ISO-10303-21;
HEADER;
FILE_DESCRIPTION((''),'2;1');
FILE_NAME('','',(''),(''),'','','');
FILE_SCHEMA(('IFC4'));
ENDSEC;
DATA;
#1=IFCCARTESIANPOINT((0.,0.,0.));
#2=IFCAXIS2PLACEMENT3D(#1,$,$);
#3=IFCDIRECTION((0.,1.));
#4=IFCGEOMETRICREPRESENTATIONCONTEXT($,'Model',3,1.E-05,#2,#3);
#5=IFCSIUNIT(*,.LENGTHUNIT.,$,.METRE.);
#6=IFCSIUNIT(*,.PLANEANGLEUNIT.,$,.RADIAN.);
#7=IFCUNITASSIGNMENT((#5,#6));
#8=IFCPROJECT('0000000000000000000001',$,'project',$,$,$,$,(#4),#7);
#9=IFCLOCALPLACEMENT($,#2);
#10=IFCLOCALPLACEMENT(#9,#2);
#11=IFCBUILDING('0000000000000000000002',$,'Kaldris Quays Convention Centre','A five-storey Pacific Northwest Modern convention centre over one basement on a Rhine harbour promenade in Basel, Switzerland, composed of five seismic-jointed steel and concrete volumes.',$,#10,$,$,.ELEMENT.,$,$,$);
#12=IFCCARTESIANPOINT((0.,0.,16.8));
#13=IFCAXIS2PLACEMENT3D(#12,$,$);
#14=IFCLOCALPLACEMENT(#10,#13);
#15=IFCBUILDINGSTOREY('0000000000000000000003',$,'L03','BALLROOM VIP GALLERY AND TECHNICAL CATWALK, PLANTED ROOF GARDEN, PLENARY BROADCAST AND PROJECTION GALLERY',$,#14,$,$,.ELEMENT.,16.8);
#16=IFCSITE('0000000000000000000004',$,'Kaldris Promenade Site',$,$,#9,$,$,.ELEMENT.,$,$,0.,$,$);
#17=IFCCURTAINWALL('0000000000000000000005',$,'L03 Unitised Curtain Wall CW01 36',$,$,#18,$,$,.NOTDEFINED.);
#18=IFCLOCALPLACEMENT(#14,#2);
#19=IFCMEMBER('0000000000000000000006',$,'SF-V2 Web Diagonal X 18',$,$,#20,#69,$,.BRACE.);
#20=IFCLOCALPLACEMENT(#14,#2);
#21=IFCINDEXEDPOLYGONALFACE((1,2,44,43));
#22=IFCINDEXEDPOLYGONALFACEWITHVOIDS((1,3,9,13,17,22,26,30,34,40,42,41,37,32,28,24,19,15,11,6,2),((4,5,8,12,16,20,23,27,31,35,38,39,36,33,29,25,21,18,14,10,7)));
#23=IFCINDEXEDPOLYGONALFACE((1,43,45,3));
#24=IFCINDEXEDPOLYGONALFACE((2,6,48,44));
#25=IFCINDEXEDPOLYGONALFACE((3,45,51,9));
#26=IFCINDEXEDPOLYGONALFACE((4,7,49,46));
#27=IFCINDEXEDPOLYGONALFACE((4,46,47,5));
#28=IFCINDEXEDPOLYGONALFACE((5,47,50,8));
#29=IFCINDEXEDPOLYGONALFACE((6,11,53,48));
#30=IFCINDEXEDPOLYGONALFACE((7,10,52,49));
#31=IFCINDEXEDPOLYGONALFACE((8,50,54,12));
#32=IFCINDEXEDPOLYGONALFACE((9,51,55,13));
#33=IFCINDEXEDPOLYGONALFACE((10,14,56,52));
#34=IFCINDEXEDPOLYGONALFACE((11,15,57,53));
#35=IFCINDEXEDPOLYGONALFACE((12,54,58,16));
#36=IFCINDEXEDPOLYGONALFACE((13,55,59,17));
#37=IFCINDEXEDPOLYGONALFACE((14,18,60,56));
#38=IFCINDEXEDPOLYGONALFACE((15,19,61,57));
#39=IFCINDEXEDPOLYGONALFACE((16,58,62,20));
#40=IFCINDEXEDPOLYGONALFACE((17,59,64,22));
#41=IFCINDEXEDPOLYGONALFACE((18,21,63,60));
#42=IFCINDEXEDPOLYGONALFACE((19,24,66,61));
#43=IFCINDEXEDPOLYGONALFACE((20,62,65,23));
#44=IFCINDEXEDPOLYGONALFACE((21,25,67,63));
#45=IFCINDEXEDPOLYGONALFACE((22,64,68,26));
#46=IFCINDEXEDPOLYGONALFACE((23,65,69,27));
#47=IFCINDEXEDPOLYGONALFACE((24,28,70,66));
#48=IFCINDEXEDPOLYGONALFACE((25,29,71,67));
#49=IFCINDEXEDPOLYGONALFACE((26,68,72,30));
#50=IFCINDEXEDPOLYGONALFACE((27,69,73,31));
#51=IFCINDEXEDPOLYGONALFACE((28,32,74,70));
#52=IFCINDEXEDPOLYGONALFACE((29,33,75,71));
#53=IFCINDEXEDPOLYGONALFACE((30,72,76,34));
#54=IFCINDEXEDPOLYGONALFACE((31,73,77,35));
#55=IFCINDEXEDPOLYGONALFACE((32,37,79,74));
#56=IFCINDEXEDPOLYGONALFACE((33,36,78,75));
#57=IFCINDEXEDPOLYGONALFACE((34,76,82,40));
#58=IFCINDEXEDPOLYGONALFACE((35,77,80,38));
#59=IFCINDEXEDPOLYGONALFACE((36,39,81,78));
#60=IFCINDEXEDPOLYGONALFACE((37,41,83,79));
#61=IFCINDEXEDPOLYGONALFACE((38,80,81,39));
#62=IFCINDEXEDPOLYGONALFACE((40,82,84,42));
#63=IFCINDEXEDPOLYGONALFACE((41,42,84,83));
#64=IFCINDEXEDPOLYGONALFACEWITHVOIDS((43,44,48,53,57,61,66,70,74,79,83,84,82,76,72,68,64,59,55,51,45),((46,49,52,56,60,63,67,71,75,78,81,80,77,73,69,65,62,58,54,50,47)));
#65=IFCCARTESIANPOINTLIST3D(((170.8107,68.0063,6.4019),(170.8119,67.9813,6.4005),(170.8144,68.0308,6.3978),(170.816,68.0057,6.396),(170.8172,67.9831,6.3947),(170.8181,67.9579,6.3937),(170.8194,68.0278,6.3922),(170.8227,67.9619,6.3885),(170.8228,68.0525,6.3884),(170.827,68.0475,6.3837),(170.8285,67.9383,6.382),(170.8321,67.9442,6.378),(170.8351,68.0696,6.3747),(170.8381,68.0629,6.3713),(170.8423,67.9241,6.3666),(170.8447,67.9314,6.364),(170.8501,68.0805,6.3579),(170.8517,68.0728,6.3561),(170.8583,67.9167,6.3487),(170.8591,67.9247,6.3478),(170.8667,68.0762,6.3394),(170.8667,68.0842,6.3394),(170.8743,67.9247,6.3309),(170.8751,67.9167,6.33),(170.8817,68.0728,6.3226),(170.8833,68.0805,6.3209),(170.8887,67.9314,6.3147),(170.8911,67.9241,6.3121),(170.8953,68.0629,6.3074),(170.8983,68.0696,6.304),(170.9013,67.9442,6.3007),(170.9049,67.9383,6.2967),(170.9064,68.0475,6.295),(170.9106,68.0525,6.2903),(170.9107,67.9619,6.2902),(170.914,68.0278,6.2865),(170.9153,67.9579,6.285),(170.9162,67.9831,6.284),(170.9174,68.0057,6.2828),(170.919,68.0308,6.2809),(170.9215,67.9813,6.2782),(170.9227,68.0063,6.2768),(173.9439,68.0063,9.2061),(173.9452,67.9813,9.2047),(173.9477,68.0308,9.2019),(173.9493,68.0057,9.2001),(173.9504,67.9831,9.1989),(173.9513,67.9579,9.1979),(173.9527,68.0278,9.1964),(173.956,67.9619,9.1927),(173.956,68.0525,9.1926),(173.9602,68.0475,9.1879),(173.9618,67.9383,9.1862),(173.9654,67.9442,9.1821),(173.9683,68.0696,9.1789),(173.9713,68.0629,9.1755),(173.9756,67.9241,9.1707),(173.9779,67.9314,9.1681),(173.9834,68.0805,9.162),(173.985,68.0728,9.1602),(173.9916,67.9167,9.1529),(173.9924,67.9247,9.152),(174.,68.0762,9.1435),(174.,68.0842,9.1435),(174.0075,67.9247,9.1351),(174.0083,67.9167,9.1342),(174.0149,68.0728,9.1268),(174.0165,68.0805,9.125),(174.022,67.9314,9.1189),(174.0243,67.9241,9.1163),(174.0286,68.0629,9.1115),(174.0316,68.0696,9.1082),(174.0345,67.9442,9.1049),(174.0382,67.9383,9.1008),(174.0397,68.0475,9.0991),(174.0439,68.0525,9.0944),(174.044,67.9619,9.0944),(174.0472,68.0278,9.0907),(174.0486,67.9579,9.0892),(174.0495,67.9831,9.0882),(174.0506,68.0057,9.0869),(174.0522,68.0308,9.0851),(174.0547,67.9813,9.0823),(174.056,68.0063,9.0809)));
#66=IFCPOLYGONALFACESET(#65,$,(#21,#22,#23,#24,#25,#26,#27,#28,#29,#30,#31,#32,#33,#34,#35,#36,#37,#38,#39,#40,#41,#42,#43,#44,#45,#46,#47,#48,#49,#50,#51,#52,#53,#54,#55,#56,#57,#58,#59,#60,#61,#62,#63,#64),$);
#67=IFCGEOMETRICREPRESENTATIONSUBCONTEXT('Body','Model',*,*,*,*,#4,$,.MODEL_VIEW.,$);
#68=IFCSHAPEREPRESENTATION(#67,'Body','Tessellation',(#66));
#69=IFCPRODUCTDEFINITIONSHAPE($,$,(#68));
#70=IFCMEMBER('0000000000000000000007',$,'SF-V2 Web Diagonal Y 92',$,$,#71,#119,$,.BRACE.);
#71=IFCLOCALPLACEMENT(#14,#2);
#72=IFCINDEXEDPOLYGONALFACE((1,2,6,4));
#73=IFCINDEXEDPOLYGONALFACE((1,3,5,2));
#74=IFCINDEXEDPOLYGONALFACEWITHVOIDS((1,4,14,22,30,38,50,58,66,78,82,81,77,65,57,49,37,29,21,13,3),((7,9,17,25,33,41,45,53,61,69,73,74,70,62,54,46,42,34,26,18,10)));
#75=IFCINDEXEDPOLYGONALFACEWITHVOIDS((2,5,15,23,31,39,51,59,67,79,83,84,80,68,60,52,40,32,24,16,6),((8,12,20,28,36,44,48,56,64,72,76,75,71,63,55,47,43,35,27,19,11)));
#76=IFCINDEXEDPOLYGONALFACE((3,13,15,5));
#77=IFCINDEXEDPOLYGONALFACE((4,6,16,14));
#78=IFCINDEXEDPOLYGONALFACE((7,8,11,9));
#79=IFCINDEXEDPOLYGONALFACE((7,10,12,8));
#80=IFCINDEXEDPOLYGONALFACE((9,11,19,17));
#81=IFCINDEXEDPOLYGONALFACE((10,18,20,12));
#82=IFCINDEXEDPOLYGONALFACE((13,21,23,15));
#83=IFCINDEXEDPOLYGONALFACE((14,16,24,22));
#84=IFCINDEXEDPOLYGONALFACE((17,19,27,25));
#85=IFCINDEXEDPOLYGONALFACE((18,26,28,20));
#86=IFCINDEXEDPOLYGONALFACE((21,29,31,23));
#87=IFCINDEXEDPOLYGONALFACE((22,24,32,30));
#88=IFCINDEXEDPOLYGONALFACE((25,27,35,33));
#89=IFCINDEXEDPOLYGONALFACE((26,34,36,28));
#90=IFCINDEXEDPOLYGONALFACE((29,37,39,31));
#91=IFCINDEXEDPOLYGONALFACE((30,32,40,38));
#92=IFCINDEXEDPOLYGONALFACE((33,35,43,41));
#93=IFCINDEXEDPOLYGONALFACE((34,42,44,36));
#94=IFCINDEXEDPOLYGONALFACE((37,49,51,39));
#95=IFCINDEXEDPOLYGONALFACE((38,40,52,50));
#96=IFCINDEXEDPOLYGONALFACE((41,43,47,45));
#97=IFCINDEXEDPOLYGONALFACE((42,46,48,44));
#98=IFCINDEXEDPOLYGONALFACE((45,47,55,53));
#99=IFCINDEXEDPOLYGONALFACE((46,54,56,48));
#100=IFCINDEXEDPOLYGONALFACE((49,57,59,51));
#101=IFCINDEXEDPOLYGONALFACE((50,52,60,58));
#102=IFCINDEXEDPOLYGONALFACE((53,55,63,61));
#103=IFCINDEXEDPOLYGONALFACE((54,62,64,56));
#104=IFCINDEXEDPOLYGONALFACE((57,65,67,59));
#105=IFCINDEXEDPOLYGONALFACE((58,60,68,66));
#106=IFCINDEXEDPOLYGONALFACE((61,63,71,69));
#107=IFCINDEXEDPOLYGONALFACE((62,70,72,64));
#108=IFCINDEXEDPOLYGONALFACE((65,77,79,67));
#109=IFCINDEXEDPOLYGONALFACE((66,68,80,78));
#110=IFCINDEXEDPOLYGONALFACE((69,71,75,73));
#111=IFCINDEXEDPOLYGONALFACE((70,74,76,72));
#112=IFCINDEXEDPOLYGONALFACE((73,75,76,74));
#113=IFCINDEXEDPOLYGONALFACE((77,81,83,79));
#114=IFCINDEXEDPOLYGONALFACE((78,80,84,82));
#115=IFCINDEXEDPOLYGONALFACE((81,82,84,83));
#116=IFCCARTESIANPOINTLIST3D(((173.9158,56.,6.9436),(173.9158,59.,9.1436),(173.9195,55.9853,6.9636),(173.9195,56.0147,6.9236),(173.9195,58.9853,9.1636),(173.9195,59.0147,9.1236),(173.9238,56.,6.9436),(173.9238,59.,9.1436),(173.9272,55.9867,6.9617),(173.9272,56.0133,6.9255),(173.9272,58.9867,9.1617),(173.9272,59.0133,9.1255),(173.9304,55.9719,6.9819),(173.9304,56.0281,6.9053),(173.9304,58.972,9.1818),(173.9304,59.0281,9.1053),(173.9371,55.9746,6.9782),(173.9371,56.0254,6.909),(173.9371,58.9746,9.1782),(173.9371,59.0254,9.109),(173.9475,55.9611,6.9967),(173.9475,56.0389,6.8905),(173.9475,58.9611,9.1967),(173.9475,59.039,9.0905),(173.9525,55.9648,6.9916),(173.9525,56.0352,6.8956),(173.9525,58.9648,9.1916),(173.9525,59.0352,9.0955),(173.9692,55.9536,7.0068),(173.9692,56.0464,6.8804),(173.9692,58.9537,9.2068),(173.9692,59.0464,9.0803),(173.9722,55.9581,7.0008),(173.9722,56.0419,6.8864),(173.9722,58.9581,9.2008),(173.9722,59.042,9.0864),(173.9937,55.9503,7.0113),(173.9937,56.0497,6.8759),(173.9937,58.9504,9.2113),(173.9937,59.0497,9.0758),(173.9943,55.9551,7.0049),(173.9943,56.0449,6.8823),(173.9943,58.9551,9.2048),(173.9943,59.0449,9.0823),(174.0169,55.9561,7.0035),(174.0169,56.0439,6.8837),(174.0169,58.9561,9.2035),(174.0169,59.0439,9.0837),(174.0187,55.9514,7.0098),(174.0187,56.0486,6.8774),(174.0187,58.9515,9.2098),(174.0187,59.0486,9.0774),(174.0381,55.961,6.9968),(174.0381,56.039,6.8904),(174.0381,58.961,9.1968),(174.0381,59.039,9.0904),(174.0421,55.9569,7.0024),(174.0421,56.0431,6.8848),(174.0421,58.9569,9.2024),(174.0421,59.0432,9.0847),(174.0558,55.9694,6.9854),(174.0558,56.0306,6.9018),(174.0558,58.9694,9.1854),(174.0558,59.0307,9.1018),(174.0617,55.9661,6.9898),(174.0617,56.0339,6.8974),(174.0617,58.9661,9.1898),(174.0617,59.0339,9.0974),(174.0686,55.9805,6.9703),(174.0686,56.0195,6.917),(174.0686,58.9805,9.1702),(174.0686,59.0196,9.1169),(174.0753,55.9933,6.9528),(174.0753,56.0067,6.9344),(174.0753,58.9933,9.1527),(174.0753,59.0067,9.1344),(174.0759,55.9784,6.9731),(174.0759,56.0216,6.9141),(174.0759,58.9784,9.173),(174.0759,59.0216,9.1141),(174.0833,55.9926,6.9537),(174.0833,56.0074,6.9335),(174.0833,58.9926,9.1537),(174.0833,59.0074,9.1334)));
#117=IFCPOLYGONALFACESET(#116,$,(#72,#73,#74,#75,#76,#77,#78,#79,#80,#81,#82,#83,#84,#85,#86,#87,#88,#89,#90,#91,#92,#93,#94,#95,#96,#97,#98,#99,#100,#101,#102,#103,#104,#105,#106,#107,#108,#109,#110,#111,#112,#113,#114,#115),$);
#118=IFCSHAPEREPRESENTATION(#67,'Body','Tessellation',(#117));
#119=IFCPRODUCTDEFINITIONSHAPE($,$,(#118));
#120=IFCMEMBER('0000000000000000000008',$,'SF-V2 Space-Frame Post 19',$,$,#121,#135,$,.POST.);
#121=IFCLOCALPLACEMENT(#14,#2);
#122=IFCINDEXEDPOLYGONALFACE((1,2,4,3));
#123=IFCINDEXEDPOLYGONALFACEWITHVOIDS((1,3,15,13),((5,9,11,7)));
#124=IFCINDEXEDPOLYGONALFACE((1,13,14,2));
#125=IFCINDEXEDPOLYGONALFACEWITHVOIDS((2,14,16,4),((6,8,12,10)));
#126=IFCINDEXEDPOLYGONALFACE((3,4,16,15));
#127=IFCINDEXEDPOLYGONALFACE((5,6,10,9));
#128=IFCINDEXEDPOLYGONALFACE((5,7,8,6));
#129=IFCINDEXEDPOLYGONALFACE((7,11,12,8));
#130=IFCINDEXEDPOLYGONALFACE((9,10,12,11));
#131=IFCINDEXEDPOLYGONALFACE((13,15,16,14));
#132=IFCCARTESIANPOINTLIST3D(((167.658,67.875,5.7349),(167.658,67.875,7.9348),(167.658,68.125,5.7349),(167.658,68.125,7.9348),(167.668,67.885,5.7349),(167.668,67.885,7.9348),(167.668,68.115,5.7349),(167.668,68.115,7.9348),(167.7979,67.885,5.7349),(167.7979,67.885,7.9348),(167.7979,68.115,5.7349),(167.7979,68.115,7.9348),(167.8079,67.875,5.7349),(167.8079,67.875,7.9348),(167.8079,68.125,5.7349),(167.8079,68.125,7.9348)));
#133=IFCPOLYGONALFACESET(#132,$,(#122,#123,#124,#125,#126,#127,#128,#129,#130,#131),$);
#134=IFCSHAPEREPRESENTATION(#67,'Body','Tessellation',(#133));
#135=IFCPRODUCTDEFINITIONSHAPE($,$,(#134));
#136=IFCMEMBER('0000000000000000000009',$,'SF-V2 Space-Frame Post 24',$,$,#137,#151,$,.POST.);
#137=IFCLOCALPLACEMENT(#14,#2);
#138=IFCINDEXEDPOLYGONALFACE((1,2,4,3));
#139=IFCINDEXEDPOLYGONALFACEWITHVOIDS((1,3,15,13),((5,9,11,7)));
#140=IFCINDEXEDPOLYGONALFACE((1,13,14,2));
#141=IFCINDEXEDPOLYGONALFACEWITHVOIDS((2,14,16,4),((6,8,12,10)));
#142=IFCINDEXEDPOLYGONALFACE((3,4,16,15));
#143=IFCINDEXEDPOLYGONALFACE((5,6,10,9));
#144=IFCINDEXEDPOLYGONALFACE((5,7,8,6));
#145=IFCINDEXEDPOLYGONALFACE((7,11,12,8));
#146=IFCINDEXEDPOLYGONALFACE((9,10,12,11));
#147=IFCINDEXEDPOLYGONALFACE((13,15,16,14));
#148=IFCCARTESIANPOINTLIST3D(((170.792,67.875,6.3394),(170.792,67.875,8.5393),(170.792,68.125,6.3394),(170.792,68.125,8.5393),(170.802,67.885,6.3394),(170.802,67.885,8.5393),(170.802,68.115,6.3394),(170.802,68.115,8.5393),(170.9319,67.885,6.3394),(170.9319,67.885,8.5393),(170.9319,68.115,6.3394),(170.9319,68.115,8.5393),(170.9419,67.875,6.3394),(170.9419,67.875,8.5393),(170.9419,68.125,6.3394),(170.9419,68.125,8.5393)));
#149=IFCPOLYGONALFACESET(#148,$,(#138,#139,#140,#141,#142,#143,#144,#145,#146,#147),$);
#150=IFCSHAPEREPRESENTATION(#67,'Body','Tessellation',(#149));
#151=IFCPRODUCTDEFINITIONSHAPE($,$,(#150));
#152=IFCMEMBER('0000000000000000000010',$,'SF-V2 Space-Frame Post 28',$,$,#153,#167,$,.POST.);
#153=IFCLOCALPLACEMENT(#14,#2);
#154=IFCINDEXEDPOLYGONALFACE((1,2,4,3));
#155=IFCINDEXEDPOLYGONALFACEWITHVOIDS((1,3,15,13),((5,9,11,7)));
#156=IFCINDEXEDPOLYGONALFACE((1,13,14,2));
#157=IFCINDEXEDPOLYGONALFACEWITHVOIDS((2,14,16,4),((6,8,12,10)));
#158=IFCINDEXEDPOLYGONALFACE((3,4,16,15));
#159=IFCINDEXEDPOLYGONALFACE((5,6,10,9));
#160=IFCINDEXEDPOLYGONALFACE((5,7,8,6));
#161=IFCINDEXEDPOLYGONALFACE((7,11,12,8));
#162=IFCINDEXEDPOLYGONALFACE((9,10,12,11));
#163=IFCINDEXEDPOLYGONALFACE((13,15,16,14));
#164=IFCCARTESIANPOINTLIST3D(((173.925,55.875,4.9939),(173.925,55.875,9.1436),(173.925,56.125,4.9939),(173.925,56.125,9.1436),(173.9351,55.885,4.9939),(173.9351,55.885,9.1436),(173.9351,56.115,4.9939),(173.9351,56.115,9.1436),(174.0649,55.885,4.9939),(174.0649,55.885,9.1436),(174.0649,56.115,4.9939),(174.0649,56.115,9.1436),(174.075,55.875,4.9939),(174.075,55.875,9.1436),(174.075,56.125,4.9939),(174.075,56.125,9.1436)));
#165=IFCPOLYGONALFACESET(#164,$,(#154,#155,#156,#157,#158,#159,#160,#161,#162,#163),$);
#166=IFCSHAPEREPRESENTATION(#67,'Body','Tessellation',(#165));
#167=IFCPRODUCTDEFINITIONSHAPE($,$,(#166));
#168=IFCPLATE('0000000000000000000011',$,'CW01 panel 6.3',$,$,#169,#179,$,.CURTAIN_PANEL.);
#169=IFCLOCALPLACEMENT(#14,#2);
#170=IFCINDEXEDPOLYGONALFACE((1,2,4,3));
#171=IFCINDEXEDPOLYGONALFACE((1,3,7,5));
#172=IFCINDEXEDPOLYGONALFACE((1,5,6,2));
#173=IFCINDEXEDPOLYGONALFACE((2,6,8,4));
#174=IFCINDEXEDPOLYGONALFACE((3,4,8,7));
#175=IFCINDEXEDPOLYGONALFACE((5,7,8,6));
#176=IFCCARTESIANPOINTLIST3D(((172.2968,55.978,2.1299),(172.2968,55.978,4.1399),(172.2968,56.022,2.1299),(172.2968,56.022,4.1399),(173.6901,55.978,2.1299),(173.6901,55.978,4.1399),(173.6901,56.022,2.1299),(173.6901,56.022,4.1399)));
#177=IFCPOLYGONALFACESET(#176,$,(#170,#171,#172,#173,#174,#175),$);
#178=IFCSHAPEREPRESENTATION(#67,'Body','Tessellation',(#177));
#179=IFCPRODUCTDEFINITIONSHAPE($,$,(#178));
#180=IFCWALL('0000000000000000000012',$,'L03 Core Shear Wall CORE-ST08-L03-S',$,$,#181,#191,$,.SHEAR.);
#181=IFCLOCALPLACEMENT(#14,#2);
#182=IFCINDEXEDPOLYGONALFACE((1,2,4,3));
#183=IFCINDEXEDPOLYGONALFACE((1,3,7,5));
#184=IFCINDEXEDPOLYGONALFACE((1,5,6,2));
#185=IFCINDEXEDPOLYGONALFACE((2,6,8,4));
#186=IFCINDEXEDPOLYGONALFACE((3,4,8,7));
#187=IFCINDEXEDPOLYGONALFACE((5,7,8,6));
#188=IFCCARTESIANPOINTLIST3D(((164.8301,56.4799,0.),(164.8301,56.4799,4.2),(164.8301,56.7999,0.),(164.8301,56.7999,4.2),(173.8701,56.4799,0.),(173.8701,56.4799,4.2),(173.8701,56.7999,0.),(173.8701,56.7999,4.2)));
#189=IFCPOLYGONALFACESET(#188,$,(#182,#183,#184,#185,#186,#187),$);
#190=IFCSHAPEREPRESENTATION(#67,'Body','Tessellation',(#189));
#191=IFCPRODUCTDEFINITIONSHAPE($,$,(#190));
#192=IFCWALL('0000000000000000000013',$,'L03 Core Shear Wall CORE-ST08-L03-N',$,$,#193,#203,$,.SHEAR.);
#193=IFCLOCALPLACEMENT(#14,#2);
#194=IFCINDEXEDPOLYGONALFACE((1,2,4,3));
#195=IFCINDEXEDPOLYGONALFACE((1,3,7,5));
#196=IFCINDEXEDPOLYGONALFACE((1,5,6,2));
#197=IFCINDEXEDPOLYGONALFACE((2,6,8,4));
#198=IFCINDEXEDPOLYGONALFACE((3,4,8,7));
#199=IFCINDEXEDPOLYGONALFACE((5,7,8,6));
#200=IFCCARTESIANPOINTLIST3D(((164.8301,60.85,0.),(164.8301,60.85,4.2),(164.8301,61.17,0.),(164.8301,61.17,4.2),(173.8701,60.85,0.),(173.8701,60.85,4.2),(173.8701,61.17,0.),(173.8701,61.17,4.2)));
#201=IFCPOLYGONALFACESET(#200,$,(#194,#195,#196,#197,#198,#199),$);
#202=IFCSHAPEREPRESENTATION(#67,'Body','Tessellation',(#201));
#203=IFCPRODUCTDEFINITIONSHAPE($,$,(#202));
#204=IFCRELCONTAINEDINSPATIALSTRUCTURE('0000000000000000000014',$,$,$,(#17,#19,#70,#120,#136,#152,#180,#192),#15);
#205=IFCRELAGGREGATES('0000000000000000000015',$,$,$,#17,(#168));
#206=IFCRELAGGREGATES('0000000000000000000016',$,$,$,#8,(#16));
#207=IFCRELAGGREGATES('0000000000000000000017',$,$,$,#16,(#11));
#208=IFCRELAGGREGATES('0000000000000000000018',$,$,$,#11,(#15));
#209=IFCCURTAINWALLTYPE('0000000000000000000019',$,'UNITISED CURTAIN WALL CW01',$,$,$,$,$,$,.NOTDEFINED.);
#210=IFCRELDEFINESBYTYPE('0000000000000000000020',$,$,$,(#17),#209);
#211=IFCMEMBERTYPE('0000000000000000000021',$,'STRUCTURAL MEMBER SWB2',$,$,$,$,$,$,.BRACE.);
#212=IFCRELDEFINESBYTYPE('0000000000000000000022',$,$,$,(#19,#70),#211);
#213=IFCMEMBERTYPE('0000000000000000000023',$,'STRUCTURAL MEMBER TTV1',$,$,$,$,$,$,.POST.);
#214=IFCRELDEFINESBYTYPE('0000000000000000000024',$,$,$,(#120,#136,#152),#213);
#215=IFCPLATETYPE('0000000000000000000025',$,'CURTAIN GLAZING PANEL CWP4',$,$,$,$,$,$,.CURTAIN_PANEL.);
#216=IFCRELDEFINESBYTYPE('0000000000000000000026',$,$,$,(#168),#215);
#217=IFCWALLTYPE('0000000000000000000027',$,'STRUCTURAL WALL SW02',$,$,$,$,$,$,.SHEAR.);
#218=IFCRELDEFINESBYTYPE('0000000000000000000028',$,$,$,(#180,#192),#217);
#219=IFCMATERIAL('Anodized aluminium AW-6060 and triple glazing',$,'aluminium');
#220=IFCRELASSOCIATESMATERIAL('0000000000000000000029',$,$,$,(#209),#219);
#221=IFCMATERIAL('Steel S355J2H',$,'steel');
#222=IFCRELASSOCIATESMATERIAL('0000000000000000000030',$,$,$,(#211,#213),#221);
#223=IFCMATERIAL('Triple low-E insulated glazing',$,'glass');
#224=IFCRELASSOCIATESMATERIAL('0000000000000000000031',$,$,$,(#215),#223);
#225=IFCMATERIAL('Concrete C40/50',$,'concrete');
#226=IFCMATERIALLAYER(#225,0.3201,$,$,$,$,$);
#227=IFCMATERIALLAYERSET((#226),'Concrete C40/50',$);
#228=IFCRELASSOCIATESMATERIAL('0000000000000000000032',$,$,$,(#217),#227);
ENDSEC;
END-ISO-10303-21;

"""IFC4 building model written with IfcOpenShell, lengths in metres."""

from ifc_helpers import new_model, si_unit, direction, frame, frame_2d, origin, origin_2d, place, context, subcontext, project, spatial, rectangle, hollow_rectangle, hollow_circle, extrude, material, layer, layer_set, material_profile, profile_set, type_object, element, aggregate, save


model = new_model("IFC4")

# Units and contexts
model_context = context("Model", 3, precision=1e-05, world=origin(), true_north=direction((0.0, 1.0)))
body_context = subcontext(model_context, "Body", "Model", "MODEL_VIEW")
ifc_project = project(units=[si_unit("LENGTHUNIT", "METRE"), si_unit("PLANEANGLEUNIT", "RADIAN")], contexts=[model_context])

# Site, building, storey
site_placement = place(None, origin())
site = spatial("IfcSite", under=ifc_project, at=site_placement, Name="Kaldris Promenade Site", CompositionType="ELEMENT", RefElevation=0.0)
building_placement = place(site_placement, origin())
building = spatial("IfcBuilding", under=site, at=building_placement, Name="Kaldris Quays Convention Centre", Description="A five-storey Pacific Northwest Modern convention centre over one basement on a Rhine harbour promenade in Basel, Switzerland, composed of five seismic-jointed steel and concrete volumes.", CompositionType="ELEMENT")
storey_placement = place(building_placement, frame((0.0, 0.0, 16.8)))
storey = spatial("IfcBuildingStorey", under=building, at=storey_placement, Name="L03", Description="BALLROOM VIP GALLERY AND TECHNICAL CATWALK, PLANTED ROOF GARDEN, PLENARY BROADCAST AND PROJECTION GALLERY", CompositionType="ELEMENT", Elevation=16.8)

# Curtain wall
ifc_material_1 = material(Name="Anodized aluminium AW-6060 and triple glazing", Category="aluminium")
curtain_wall_type_1 = type_object("IfcCurtainWallType", Name="UNITISED CURTAIN WALL CW01", PredefinedType="NOTDEFINED", material=ifc_material_1)
curtain_wall_1_placement = place(storey_placement, origin())
curtain_wall_1 = element("IfcCurtainWall", 1, at=curtain_wall_1_placement, inside=storey, type_object=curtain_wall_type_1, Name="L03 Unitised Curtain Wall CW01 36", PredefinedType="NOTDEFINED")

# Members
ifc_material_2 = material(Name="Steel S355J2H", Category="steel")
ifc_material_profile_1 = material_profile(ifc_material_2, hollow_circle(Radius=0.0842, WallThickness=0.0081, at=origin_2d()), Name="CHS 168.3x8")
ifc_profile_set_1 = profile_set([ifc_material_profile_1], Name="Steel S355J2H")
member_type_1 = type_object("IfcMemberType", Name="STRUCTURAL MEMBER SWB2", PredefinedType="BRACE", material=ifc_profile_set_1)
member_1_placement = place(storey_placement, frame((170.8667, 68.0, 6.3394), z_axis=(0.745156, 0.0, 0.66689), x_axis=(0.0, 1.0, 0.0)))
element("IfcMember", 2, at=member_1_placement, inside=storey, type_object=member_type_1, Name="SF-V2 Web Diagonal X 18", PredefinedType="BRACE", context=body_context, shape_type="SweptSolid", body=[
    extrude(hollow_circle(Radius=0.0842, WallThickness=0.0081, at=origin_2d()), origin(), (0.0, 0.0, 1.0), 4.2048),
])
member_2_placement = place(storey_placement, frame((174.0, 56.0, 6.9436), z_axis=(0.0, 0.806411, 0.591355), x_axis=(-1.0, 0.0, 0.0)))
element("IfcMember", 3, at=member_2_placement, inside=storey, type_object=member_type_1, Name="SF-V2 Web Diagonal Y 92", PredefinedType="BRACE", context=body_context, shape_type="SweptSolid", body=[
    extrude(hollow_circle(Radius=0.0842, WallThickness=0.0081, at=origin_2d()), origin(), (0.0, 0.0, 1.0), 3.7202),
])
ifc_material_profile_2 = material_profile(ifc_material_2, hollow_rectangle(XDim=0.1499, YDim=0.25, WallThickness=0.01, at=origin_2d()), Name="RHS 250x150x10")
ifc_profile_set_2 = profile_set([ifc_material_profile_2], Name="Steel S355J2H")
member_type_2 = type_object("IfcMemberType", Name="STRUCTURAL MEMBER TTV1", PredefinedType="POST", material=ifc_profile_set_2)
for number, where, z_axis, x_axis, name in (
    (4, (167.7329, 68.0, 5.7349), (0.0, 0.0, 1.0), (1.0, 0.0, 0.0), "SF-V2 Space-Frame Post 19"),
    (5, (170.8669, 68.0, 6.3394), (0.0, 0.0, 1.0), (1.0, 0.0, 0.0), "SF-V2 Space-Frame Post 24"),
):
    element("IfcMember", number, at=place(storey_placement, frame(where, z_axis=z_axis, x_axis=x_axis)), inside=storey, type_object=member_type_2, Name=name, PredefinedType="POST", context=body_context, shape_type="SweptSolid", body=[
        extrude(hollow_rectangle(XDim=0.1499, YDim=0.25, WallThickness=0.01, at=origin_2d()), origin(), (0.0, 0.0, 1.0), 2.2),
    ])
member_3_placement = place(storey_placement, frame((174.0, 56.0, 4.9939), z_axis=(0.0, 0.0, 1.0), x_axis=(1.0, 0.0, 0.0)))
element("IfcMember", 6, at=member_3_placement, inside=storey, type_object=member_type_2, Name="SF-V2 Space-Frame Post 28", PredefinedType="POST", context=body_context, shape_type="SweptSolid", body=[
    extrude(hollow_rectangle(XDim=0.1499, YDim=0.25, WallThickness=0.01, at=origin_2d()), origin(), (0.0, 0.0, 1.0), 4.1497),
])

# Plate
ifc_material_3 = material(Name="Triple low-E insulated glazing", Category="glass")
plate_type = type_object("IfcPlateType", Name="CURTAIN GLAZING PANEL CWP4", PredefinedType="CURTAIN_PANEL", material=ifc_material_3)
plate_placement = place(storey_placement, frame((172.9934, 56.0, 2.1299), z_axis=(0.0, 0.0, 1.0), x_axis=(1.0, 0.0, 0.0)))
plate = element("IfcPlate", 7, at=plate_placement, type_object=plate_type, Name="CW01 panel 6.3", PredefinedType="CURTAIN_PANEL", context=body_context, shape_type="SweptSolid", body=[
    extrude(rectangle(XDim=1.3933, YDim=0.0439, at=origin_2d()), origin(), (0.0, 0.0, 1.0), 2.01),
])
aggregate(curtain_wall_1, [plate])

# Walls
ifc_material_4 = material(Name="Concrete C40/50", Category="concrete")
ifc_layer = layer(ifc_material_4, 0.3201)
ifc_layer_set = layer_set([ifc_layer], Name="Concrete C40/50")
wall_type = type_object("IfcWallType", Name="STRUCTURAL WALL SW02", PredefinedType="SHEAR", material=ifc_layer_set)
for number, where, z_axis, x_axis, name in (
    (8, (164.8301, 56.6399, 0.0), (0.0, 0.0, 1.0), (1.0, 0.0, 0.0), "L03 Core Shear Wall CORE-ST08-L03-S"),
    (9, (164.8301, 61.01, 0.0), (0.0, 0.0, 1.0), (1.0, 0.0, 0.0), "L03 Core Shear Wall CORE-ST08-L03-N"),
):
    element("IfcWall", number, at=place(storey_placement, frame(where, z_axis=z_axis, x_axis=x_axis)), inside=storey, type_object=wall_type, Name=name, PredefinedType="SHEAR", context=body_context, shape_type="SweptSolid", body=[
        extrude(rectangle(XDim=9.04, YDim=0.3201, at=frame_2d((4.52, 0.0))), origin(), (0.0, 0.0, 1.0), 4.2),
    ])

save(model, "model.ifc")
